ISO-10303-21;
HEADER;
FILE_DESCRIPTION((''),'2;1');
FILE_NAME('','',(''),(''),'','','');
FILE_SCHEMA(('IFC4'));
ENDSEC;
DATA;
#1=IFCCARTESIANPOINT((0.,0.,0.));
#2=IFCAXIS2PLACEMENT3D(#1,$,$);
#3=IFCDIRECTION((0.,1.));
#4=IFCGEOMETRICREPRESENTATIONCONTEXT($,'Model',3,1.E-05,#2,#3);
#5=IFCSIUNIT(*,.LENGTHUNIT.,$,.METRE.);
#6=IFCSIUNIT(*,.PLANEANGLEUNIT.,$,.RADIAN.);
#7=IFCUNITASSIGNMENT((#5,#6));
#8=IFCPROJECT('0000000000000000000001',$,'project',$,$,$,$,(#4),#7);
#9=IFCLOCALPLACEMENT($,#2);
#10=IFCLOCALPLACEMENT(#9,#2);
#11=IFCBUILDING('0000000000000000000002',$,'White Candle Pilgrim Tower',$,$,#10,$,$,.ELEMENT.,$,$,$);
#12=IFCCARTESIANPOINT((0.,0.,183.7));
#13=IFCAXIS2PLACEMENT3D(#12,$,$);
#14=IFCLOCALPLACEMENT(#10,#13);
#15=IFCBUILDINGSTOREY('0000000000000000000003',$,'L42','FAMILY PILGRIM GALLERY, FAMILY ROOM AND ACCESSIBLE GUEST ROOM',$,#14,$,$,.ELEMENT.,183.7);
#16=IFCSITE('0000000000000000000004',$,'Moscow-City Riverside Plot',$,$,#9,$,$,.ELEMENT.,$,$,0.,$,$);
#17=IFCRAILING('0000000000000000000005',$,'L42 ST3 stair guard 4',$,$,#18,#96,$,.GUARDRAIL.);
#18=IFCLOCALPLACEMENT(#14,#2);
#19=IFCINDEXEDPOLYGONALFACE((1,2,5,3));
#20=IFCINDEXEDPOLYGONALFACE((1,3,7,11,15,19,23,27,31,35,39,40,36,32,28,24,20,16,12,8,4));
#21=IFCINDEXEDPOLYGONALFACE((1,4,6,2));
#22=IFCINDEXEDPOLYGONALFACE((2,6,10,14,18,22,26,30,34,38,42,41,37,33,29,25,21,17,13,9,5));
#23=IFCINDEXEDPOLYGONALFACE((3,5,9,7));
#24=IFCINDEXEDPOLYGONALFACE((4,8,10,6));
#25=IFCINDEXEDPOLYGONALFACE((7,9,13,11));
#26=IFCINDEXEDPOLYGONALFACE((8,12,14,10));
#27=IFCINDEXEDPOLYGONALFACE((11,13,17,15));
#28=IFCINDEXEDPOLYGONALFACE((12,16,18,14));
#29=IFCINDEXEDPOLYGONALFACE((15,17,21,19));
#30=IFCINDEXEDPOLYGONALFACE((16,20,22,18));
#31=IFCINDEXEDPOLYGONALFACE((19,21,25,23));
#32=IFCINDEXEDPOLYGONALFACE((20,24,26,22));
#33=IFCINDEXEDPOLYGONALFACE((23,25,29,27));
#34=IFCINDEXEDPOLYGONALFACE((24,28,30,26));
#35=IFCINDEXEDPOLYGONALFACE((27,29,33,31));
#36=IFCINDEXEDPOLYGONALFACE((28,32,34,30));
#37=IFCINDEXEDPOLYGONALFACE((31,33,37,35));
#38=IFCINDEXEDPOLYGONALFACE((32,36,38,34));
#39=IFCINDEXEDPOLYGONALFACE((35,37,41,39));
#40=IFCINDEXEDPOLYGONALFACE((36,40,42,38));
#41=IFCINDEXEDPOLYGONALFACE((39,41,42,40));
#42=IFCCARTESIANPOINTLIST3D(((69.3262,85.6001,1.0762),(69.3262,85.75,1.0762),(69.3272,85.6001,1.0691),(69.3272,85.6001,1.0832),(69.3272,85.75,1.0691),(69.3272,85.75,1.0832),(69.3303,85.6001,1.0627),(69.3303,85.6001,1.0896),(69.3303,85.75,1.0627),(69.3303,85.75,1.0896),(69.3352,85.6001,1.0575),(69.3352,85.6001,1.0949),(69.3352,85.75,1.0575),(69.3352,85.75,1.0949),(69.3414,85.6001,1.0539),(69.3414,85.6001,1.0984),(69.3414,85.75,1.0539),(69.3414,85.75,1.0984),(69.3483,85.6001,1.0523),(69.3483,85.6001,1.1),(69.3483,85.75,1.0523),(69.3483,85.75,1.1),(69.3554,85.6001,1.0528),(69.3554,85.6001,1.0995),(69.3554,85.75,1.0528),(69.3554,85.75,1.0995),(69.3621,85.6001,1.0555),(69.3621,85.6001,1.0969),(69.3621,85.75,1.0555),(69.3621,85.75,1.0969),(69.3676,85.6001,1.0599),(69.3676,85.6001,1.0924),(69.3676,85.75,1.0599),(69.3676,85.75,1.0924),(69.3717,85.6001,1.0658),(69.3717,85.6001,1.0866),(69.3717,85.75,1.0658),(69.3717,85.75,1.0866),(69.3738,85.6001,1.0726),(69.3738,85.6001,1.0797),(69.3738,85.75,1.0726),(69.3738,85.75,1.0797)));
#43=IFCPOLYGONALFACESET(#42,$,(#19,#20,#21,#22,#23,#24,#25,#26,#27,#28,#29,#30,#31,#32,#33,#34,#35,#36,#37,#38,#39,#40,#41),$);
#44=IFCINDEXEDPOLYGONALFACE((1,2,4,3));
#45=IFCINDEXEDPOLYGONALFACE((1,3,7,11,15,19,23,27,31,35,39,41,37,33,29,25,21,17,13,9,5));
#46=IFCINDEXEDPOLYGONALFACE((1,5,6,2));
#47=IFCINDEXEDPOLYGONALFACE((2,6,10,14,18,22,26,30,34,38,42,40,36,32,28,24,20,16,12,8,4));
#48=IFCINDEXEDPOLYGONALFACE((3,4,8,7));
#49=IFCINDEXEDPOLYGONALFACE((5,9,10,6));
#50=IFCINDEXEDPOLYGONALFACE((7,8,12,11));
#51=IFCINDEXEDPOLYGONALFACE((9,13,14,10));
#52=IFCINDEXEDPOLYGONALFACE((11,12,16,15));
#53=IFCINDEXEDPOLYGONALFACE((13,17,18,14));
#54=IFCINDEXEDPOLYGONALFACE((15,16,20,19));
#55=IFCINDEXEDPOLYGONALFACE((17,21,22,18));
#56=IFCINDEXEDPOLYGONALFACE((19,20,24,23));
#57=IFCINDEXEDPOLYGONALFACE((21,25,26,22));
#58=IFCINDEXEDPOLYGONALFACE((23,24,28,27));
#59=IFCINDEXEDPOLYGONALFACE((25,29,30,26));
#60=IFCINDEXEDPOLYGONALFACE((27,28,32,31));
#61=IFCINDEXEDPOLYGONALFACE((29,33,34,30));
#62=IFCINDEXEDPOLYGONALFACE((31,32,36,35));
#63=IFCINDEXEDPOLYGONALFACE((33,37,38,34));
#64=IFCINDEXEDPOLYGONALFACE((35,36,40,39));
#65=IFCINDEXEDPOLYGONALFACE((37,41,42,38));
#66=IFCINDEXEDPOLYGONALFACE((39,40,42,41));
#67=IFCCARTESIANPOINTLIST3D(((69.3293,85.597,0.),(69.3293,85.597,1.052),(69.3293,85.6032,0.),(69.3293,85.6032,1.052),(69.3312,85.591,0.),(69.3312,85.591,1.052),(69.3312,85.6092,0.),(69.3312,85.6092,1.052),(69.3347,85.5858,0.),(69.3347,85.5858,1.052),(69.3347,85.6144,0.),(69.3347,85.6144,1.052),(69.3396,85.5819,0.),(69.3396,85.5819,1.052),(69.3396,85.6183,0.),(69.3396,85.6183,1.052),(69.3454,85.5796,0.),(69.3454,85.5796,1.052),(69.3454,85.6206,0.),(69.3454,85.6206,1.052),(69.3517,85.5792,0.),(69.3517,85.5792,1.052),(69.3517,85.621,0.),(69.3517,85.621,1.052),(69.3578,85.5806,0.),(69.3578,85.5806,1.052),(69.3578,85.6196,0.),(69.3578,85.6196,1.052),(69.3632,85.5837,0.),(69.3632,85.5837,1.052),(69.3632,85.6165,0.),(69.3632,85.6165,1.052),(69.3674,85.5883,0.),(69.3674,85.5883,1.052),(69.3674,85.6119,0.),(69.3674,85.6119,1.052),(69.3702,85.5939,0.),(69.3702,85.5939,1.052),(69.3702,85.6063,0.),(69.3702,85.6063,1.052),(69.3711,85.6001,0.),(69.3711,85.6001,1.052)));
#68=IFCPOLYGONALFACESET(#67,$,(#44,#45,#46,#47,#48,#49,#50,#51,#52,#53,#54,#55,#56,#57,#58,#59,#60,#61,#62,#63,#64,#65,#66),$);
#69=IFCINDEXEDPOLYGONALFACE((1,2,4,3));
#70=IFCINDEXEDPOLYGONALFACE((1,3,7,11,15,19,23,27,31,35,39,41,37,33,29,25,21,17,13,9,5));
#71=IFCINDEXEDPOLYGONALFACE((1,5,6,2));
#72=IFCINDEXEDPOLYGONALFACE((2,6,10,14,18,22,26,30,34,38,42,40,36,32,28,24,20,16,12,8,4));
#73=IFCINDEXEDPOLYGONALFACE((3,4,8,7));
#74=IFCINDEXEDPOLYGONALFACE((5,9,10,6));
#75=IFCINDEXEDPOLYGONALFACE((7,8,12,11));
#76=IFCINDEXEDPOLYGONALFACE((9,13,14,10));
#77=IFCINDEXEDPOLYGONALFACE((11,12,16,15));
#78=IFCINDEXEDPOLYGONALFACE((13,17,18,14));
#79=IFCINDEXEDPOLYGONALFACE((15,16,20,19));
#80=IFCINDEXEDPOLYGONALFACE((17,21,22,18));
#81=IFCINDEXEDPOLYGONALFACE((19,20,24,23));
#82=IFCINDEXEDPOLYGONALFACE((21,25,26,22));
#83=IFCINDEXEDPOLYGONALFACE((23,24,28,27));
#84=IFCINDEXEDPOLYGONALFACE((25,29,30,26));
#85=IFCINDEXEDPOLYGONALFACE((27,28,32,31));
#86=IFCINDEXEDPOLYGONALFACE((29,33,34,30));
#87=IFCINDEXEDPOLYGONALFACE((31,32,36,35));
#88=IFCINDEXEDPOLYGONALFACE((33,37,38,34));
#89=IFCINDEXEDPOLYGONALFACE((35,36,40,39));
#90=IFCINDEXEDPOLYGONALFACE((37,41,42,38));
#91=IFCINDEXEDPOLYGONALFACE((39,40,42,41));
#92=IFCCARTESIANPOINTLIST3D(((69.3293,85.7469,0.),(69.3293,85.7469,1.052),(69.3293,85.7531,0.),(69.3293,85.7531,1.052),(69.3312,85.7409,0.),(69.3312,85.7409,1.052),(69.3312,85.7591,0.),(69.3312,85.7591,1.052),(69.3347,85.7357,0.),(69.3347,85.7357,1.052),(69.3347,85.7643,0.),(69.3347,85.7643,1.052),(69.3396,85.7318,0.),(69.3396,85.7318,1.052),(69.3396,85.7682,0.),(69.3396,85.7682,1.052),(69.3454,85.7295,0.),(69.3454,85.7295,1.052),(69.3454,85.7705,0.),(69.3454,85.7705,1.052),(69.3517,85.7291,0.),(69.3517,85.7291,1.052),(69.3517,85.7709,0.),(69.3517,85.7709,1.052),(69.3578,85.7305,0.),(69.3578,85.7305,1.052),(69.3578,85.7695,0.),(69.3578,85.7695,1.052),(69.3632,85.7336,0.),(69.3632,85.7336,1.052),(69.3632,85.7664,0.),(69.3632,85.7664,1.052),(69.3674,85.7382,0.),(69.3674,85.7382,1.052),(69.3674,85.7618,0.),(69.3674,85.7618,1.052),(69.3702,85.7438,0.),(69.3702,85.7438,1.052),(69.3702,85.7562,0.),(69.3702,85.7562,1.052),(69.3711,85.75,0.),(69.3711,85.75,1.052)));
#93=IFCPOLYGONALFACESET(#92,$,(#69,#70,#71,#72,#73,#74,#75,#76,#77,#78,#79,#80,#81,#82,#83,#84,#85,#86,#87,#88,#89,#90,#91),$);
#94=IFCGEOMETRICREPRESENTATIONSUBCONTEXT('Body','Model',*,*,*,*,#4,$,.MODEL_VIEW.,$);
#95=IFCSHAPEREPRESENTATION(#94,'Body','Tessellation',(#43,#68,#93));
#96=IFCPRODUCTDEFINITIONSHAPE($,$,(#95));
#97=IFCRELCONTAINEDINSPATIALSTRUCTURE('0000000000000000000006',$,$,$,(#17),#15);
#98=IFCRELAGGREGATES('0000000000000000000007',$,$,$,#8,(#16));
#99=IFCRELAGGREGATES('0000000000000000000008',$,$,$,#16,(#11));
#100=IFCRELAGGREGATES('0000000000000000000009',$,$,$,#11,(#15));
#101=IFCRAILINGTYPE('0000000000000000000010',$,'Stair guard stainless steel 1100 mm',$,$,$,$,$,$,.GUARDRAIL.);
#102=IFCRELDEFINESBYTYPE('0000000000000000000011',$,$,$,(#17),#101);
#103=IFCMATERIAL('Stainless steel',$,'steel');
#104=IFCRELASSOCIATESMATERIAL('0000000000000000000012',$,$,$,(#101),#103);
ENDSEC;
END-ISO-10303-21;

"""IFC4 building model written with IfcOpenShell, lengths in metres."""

from ifc_helpers import new_model, si_unit, direction, frame, origin, origin_2d, place, context, subcontext, project, spatial, circle, extrude, material, type_object, element, save


model = new_model("IFC4")

# Units and contexts
model_context = context("Model", 3, precision=1e-05, world=origin(), true_north=direction((0.0, 1.0)))
body_context = subcontext(model_context, "Body", "Model", "MODEL_VIEW")
ifc_project = project(units=[si_unit("LENGTHUNIT", "METRE"), si_unit("PLANEANGLEUNIT", "RADIAN")], contexts=[model_context])

# Site, building, storey
site_placement = place(None, origin())
site = spatial("IfcSite", under=ifc_project, at=site_placement, Name="Moscow-City Riverside Plot", CompositionType="ELEMENT", RefElevation=0.0)
building_placement = place(site_placement, origin())
building = spatial("IfcBuilding", under=site, at=building_placement, Name="White Candle Pilgrim Tower", CompositionType="ELEMENT")
storey_placement = place(building_placement, frame((0.0, 0.0, 183.7)))
storey = spatial("IfcBuildingStorey", under=building, at=storey_placement, Name="L42", Description="FAMILY PILGRIM GALLERY, FAMILY ROOM AND ACCESSIBLE GUEST ROOM", CompositionType="ELEMENT", Elevation=183.7)

# Railing
ifc_material_1 = material(Name="Stainless steel", Category="steel")
railing_type_1 = type_object("IfcRailingType", Name="Stair guard stainless steel 1100 mm", PredefinedType="GUARDRAIL", material=ifc_material_1)
railing_1_placement = place(storey_placement, frame((69.3501, 85.6001, 0.0)))
element("IfcRailing", 1, at=railing_1_placement, inside=storey, type_object=railing_type_1, Name="L42 ST3 stair guard 4", PredefinedType="GUARDRAIL", context=body_context, shape_type="SweptSolid", body=[
    extrude(circle(Radius=0.0239, at=origin_2d()), frame((0.0, 0.0, 1.0762), z_axis=(0.0, 1.0, 0.0), x_axis=(-1.0, 0.0, 0.0)), (0.0, 0.0, 1.0), 0.1499),
    extrude(circle(Radius=0.021, at=origin_2d()), origin(), (0.0, 0.0, 1.0), 1.052),
    extrude(circle(Radius=0.021, at=origin_2d()), frame((0.0, 0.1499, 0.0)), (0.0, 0.0, 1.0), 1.052),
])

save(model, "model.ifc")
